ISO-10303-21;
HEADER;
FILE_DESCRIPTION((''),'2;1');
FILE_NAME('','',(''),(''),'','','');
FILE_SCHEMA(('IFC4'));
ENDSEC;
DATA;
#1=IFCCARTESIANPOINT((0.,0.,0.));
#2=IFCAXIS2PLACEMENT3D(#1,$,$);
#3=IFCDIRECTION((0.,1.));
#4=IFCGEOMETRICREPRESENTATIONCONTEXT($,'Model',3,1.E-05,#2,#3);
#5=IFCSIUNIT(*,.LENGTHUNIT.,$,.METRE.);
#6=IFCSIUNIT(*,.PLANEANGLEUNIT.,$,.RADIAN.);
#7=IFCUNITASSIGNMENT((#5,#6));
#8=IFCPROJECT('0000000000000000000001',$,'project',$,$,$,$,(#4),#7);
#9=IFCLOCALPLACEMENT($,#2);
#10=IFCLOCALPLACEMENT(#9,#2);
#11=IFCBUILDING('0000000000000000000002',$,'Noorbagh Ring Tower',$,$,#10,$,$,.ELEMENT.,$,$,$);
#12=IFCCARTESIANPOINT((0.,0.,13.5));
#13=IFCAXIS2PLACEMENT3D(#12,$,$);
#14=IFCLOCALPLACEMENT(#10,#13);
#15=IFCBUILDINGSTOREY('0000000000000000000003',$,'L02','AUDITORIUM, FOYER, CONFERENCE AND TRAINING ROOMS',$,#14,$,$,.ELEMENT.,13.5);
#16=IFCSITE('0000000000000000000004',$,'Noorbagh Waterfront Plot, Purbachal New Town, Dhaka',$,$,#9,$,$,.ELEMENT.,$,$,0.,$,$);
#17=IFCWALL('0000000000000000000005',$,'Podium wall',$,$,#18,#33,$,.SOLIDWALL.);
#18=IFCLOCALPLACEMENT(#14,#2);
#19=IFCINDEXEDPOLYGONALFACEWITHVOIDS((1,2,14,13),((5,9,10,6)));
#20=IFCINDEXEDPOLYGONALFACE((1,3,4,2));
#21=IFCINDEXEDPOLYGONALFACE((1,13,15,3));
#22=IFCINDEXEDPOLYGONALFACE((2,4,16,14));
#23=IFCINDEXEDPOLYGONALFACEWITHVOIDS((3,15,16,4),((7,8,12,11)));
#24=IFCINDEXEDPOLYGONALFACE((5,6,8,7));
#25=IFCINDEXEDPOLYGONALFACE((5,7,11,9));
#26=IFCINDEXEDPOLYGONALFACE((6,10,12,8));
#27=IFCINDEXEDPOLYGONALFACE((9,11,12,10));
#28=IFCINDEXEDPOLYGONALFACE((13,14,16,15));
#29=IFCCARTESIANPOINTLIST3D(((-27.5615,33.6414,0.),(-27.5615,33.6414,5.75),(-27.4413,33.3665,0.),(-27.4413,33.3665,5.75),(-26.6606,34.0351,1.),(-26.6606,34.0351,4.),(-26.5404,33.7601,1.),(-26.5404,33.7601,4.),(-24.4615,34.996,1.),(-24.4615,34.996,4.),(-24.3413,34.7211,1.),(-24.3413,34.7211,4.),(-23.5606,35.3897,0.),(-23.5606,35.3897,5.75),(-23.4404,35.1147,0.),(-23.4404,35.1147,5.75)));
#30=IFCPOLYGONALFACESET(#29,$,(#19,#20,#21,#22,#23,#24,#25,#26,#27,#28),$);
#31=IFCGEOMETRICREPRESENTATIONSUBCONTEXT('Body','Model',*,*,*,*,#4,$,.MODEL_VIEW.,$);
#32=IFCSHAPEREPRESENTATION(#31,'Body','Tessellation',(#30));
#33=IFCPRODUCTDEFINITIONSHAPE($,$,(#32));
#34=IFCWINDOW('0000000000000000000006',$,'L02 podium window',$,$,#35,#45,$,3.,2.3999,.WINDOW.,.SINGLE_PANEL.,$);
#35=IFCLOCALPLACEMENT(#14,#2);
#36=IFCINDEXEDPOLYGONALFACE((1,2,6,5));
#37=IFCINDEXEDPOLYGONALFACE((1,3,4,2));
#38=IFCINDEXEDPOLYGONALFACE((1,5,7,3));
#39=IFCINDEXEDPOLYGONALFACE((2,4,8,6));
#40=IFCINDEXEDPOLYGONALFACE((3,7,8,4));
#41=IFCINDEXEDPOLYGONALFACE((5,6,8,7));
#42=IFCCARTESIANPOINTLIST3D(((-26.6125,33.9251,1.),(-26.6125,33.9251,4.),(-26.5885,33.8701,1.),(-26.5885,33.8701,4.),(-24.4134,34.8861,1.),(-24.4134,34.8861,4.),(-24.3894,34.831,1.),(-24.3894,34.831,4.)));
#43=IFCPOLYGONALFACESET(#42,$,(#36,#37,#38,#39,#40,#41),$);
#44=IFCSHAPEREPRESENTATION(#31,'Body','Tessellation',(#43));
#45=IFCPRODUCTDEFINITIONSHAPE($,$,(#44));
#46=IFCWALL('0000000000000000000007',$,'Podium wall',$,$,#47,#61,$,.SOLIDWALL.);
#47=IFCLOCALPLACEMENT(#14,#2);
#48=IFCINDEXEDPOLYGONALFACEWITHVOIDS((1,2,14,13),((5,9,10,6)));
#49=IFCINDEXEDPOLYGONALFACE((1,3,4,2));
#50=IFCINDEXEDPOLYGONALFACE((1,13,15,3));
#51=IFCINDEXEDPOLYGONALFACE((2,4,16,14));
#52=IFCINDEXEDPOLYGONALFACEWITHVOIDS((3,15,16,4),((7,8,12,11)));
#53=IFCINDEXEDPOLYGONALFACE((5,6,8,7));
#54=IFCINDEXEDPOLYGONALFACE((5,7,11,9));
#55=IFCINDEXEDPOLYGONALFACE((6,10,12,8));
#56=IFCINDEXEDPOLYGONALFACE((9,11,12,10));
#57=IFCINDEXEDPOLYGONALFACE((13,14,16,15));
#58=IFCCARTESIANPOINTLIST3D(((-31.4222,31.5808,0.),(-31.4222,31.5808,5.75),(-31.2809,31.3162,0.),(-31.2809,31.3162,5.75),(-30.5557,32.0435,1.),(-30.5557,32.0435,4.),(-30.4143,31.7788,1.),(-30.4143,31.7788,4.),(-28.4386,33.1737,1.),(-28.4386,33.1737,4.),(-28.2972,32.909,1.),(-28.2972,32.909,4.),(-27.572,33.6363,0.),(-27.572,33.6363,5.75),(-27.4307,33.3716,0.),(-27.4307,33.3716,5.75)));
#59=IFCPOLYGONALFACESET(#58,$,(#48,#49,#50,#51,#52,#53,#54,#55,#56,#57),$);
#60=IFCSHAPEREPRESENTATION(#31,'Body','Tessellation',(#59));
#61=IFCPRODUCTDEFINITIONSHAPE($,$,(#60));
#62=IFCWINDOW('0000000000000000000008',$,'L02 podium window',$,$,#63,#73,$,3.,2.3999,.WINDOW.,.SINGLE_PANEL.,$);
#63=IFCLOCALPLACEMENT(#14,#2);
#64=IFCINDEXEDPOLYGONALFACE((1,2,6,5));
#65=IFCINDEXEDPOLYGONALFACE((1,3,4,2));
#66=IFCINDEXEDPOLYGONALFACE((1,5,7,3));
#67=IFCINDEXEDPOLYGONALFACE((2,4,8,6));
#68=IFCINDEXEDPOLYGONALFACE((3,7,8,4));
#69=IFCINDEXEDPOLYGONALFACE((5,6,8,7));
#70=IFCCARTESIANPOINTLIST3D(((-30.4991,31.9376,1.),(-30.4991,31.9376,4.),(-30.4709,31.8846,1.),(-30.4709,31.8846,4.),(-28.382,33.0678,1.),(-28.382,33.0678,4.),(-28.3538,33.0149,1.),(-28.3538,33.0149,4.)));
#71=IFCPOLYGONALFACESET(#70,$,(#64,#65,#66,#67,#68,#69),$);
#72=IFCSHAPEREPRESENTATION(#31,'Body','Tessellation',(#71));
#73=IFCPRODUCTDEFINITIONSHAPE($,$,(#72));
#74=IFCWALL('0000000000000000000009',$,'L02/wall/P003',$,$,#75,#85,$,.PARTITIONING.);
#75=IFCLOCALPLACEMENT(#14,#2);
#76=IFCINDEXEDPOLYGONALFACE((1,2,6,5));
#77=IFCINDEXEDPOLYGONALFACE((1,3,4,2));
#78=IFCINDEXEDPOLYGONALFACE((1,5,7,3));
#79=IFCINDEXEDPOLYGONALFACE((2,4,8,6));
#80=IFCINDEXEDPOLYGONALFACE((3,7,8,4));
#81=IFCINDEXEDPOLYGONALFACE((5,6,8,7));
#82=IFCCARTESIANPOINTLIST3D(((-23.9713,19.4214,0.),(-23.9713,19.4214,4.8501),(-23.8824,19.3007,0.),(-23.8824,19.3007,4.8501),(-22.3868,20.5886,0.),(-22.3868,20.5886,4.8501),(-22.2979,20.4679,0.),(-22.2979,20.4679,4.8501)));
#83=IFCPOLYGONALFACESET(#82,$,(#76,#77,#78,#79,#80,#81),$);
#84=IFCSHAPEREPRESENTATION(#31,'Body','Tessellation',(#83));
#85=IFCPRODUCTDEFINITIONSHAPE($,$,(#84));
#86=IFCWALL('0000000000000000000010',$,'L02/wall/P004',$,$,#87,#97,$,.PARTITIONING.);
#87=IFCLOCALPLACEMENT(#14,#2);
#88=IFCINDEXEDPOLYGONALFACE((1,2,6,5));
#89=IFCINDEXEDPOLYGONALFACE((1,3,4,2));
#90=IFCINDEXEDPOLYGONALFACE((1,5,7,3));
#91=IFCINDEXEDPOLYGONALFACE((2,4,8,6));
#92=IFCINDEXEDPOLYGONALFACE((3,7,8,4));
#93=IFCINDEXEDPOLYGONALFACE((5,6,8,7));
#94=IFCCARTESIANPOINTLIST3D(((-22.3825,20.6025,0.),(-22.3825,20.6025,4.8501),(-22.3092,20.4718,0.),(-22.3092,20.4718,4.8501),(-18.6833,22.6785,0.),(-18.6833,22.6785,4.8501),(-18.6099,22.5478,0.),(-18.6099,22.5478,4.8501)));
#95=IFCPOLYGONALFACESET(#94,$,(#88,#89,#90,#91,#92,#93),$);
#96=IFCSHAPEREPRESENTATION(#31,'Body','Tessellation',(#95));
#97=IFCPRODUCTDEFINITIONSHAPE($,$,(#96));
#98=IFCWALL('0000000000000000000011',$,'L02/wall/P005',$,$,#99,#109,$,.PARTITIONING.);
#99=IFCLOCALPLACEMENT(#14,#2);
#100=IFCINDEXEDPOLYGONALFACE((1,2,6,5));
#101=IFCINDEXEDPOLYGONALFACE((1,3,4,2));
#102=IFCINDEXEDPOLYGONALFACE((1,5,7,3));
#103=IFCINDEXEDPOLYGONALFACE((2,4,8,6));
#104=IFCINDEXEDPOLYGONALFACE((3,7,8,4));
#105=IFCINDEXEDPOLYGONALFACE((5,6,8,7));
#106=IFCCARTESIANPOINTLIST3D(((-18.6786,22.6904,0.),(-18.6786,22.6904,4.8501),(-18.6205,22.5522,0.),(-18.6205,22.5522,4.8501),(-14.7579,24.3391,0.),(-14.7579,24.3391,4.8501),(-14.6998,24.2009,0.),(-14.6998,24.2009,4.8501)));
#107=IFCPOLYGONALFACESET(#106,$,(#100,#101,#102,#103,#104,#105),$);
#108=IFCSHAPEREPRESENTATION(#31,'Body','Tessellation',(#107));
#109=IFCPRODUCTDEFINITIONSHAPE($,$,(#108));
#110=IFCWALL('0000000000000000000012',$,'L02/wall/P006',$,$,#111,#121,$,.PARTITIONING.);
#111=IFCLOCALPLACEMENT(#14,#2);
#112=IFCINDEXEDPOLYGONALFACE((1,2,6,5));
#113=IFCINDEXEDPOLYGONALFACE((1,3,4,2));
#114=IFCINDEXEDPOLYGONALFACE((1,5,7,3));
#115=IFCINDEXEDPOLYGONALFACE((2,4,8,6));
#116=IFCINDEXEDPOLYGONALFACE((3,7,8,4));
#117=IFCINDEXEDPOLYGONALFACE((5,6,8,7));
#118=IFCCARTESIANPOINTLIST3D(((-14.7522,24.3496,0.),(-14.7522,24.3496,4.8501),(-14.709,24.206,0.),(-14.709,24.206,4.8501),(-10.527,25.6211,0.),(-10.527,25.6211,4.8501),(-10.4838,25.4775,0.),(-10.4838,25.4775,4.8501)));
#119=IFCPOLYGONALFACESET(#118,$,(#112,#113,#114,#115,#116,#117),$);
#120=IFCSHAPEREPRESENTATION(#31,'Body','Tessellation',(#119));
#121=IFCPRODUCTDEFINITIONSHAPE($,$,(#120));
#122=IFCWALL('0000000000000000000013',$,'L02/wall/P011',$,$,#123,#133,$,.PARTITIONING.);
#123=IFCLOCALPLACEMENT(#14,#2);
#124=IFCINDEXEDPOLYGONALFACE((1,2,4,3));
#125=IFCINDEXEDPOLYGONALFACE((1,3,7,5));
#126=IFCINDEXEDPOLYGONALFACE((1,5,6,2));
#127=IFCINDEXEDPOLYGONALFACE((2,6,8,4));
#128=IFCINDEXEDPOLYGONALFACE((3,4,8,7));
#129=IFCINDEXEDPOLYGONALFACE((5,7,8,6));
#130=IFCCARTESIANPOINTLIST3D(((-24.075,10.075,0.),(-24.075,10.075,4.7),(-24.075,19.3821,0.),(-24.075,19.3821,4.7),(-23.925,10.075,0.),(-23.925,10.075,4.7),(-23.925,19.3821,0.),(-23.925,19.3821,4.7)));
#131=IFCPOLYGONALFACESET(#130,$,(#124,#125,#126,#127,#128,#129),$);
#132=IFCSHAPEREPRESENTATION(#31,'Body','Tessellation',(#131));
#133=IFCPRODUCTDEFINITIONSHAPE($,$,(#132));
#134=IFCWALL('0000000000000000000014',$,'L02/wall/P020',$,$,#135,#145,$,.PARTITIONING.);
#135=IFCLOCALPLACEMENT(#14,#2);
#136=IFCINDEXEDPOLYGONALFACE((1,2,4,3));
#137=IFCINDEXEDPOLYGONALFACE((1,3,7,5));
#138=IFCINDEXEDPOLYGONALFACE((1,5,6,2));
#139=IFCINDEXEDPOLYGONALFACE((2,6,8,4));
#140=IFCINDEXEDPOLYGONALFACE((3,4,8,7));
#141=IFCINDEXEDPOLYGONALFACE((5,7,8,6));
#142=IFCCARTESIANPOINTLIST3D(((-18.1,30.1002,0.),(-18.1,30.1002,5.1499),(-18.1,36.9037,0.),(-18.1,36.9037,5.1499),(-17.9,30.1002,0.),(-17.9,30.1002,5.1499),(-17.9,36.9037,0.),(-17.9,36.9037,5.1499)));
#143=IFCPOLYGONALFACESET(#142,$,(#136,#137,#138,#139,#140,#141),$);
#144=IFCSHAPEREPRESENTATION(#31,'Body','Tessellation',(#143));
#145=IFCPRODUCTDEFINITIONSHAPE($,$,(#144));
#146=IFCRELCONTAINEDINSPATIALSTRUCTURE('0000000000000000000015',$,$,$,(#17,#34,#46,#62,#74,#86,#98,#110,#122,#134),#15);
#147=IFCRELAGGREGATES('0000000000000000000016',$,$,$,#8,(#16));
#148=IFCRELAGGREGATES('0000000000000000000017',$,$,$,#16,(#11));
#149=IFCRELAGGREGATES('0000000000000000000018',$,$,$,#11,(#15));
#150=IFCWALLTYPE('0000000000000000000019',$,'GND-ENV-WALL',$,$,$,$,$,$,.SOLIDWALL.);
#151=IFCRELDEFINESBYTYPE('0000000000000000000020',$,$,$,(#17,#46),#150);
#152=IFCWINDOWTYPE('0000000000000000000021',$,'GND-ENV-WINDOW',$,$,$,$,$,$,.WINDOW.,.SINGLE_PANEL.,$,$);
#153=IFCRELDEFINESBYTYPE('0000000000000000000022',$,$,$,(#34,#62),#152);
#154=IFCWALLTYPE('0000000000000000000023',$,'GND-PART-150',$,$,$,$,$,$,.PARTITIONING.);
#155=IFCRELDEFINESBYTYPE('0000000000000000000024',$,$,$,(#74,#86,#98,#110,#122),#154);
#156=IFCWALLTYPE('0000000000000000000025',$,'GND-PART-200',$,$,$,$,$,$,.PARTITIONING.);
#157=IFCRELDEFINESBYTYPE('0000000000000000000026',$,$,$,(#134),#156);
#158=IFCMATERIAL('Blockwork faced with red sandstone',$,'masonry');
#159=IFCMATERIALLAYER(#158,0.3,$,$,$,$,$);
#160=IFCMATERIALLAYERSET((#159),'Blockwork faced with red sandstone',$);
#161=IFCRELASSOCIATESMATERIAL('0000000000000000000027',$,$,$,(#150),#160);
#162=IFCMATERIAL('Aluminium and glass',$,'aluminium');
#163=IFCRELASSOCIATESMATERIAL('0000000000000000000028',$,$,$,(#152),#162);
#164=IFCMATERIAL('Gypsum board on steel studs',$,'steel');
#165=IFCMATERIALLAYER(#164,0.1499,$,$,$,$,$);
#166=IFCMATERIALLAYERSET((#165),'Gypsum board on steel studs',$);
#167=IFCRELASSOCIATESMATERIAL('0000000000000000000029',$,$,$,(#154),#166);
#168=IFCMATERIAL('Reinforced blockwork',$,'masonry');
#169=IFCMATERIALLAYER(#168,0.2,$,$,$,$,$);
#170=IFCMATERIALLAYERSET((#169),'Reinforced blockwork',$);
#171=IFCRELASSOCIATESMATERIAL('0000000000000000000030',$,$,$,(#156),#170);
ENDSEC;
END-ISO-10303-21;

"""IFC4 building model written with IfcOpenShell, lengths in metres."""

from ifc_helpers import new_model, si_unit, direction, frame, frame_2d, origin, place, context, subcontext, project, spatial, rectangle, extrude, material, layer, layer_set, type_object, element, fill, save


model = new_model("IFC4")

# Units and contexts
model_context = context("Model", 3, precision=1e-05, world=origin(), true_north=direction((0.0, 1.0)))
body_context = subcontext(model_context, "Body", "Model", "MODEL_VIEW")
ifc_project = project(units=[si_unit("LENGTHUNIT", "METRE"), si_unit("PLANEANGLEUNIT", "RADIAN")], contexts=[model_context])

# Site, building, storey
site_placement = place(None, origin())
site = spatial("IfcSite", under=ifc_project, at=site_placement, Name="Noorbagh Waterfront Plot, Purbachal New Town, Dhaka", CompositionType="ELEMENT", RefElevation=0.0)
building_placement = place(site_placement, origin())
building = spatial("IfcBuilding", under=site, at=building_placement, Name="Noorbagh Ring Tower", CompositionType="ELEMENT")
storey_placement = place(building_placement, frame((0.0, 0.0, 13.5)))
storey = spatial("IfcBuildingStorey", under=building, at=storey_placement, Name="L02", Description="AUDITORIUM, FOYER, CONFERENCE AND TRAINING ROOMS", CompositionType="ELEMENT", Elevation=13.5)

# Walls, openings, windows
ifc_material_1 = material(Name="Blockwork faced with red sandstone", Category="masonry")
ifc_layer_1 = layer(ifc_material_1, 0.3)
ifc_layer_set_1 = layer_set([ifc_layer_1], Name="Blockwork faced with red sandstone")
wall_type_1 = type_object("IfcWallType", Name="GND-ENV-WALL", PredefinedType="SOLIDWALL", material=ifc_layer_set_1)
ifc_material_2 = material(Name="Aluminium and glass", Category="aluminium")
window_type = type_object("IfcWindowType", Name="GND-ENV-WINDOW", PartitioningType="SINGLE_PANEL", PredefinedType="WINDOW", material=ifc_material_2)
wall_1_placement = place(storey_placement, frame((-23.5005, 35.2522, 0.0), z_axis=(0.0, 0.0, 1.0), x_axis=(-0.916337, -0.400408, 0.0)))
wall_1 = element("IfcWall", 1, at=wall_1_placement, inside=storey, type_object=wall_type_1, Name="Podium wall", PredefinedType="SOLIDWALL", context=body_context, shape_type="SweptSolid", body=[
    extrude(rectangle(XDim=4.3662, YDim=0.3, at=frame_2d((2.1831, 0.0))), origin(), (0.0, 0.0, 1.0), 5.75),
])
opening_1_placement = place(wall_1_placement, frame((0.9832, 0.0, 1.0)))
opening_1 = element("IfcOpeningElement", 2, at=opening_1_placement, cuts=wall_1, PredefinedType="OPENING", context=body_context, shape_type="SweptSolid", body=[
    extrude(rectangle(XDim=2.3999, YDim=3.0, at=frame_2d((1.2, 1.5))), frame((0.0, 0.1602, 0.0), z_axis=(0.0, -1.0, 0.0), x_axis=(1.0, 0.0, 0.0)), (0.0, 0.0, 1.0), 0.3201),
])
window_1_placement = place(opening_1_placement, origin())
window_1 = element("IfcWindow", 3, at=window_1_placement, inside=storey, type_object=window_type, Name="L02 podium window", OverallHeight=3.0, OverallWidth=2.3999, PartitioningType="SINGLE_PANEL", PredefinedType="WINDOW", context=body_context, shape_type="SweptSolid", body=[
    extrude(rectangle(XDim=2.3999, YDim=3.0, at=frame_2d((1.2, 1.5))), frame((0.0, 0.03, 0.0), z_axis=(0.0, -1.0, 0.0), x_axis=(1.0, 0.0, 0.0)), (0.0, 0.0, 1.0), 0.0601),
])
fill(opening_1, window_1)
wall_2_placement = place(storey_placement, frame((-27.5015, 33.5039, 0.0), z_axis=(0.0, 0.0, 1.0), x_axis=(-0.882159, -0.470951, 0.0)))
wall_2 = element("IfcWall", 4, at=wall_2_placement, inside=storey, type_object=wall_type_1, Name="Podium wall", PredefinedType="SOLIDWALL", context=body_context, shape_type="SweptSolid", body=[
    extrude(rectangle(XDim=4.3645, YDim=0.3, at=frame_2d((2.1821, 0.0))), origin(), (0.0, 0.0, 1.0), 5.75),
])
opening_2_placement = place(wall_2_placement, frame((0.9822, 0.0, 1.0)))
opening_2 = element("IfcOpeningElement", 5, at=opening_2_placement, cuts=wall_2, PredefinedType="OPENING", context=body_context, shape_type="SweptSolid", body=[
    extrude(rectangle(XDim=2.3999, YDim=3.0, at=frame_2d((1.2, 1.5))), frame((0.0, 0.1602, 0.0), z_axis=(0.0, -1.0, 0.0), x_axis=(1.0, 0.0, 0.0)), (0.0, 0.0, 1.0), 0.3201),
])
window_2_placement = place(opening_2_placement, origin())
window_2 = element("IfcWindow", 6, at=window_2_placement, inside=storey, type_object=window_type, Name="L02 podium window", OverallHeight=3.0, OverallWidth=2.3999, PartitioningType="SINGLE_PANEL", PredefinedType="WINDOW", context=body_context, shape_type="SweptSolid", body=[
    extrude(rectangle(XDim=2.3999, YDim=3.0, at=frame_2d((1.2, 1.5))), frame((0.0, 0.03, 0.0), z_axis=(0.0, -1.0, 0.0), x_axis=(1.0, 0.0, 0.0)), (0.0, 0.0, 1.0), 0.0601),
])
fill(opening_2, window_2)

# Walls
ifc_material_3 = material(Name="Gypsum board on steel studs", Category="steel")
ifc_layer_2 = layer(ifc_material_3, 0.1499)
ifc_layer_set_2 = layer_set([ifc_layer_2], Name="Gypsum board on steel studs")
wall_type_2 = type_object("IfcWallType", Name="GND-PART-150", PredefinedType="PARTITIONING", material=ifc_layer_set_2)
wall_3_placement = place(storey_placement, frame((-23.9268, 19.3611, 0.0), z_axis=(0.0, 0.0, 1.0), x_axis=(0.805121, 0.59311, 0.0)))
element("IfcWall", 7, at=wall_3_placement, inside=storey, type_object=wall_type_2, Name="L02/wall/P003", PredefinedType="PARTITIONING", context=body_context, shape_type="SweptSolid", body=[
    extrude(rectangle(XDim=1.968, YDim=0.1499, at=frame_2d((0.9839, 0.0))), origin(), (0.0, 0.0, 1.0), 4.8501),
])
wall_4_placement = place(storey_placement, frame((-22.3459, 20.5371, 0.0), z_axis=(0.0, 0.0, 1.0), x_axis=(0.872067, 0.489387, 0.0)))
element("IfcWall", 8, at=wall_4_placement, inside=storey, type_object=wall_type_2, Name="L02/wall/P004", PredefinedType="PARTITIONING", context=body_context, shape_type="SweptSolid", body=[
    extrude(rectangle(XDim=4.2419, YDim=0.1499, at=frame_2d((2.1211, 0.0))), origin(), (0.0, 0.0, 1.0), 4.8501),
])
wall_5_placement = place(storey_placement, frame((-18.6494, 22.6213, 0.0), z_axis=(0.0, 0.0, 1.0), x_axis=(0.921814, 0.387634, 0.0)))
element("IfcWall", 9, at=wall_5_placement, inside=storey, type_object=wall_type_2, Name="L02/wall/P005", PredefinedType="PARTITIONING", context=body_context, shape_type="SweptSolid", body=[
    extrude(rectangle(XDim=4.2532, YDim=0.1499, at=frame_2d((2.1265, 0.0))), origin(), (0.0, 0.0, 1.0), 4.8501),
])
wall_6_placement = place(storey_placement, frame((-14.7305, 24.2778, 0.0), z_axis=(0.0, 0.0, 1.0), x_axis=(0.957579, 0.28817, 0.0)))
element("IfcWall", 10, at=wall_6_placement, inside=storey, type_object=wall_type_2, Name="L02/wall/P006", PredefinedType="PARTITIONING", context=body_context, shape_type="SweptSolid", body=[
    extrude(rectangle(XDim=4.4124, YDim=0.1499, at=frame_2d((2.2061, 0.0))), origin(), (0.0, 0.0, 1.0), 4.8501),
])
wall_7_placement = place(storey_placement, frame((-24.0, 10.075, 0.0), z_axis=(0.0, 0.0, 1.0), x_axis=(0.0, 1.0, 0.0)))
element("IfcWall", 11, at=wall_7_placement, inside=storey, type_object=wall_type_2, Name="L02/wall/P011", PredefinedType="PARTITIONING", context=body_context, shape_type="SweptSolid", body=[
    extrude(rectangle(XDim=9.3071, YDim=0.1499, at=frame_2d((4.6536, 0.0))), origin(), (0.0, 0.0, 1.0), 4.7),
])
ifc_material_4 = material(Name="Reinforced blockwork", Category="masonry")
ifc_layer_3 = layer(ifc_material_4, 0.2)
ifc_layer_set_3 = layer_set([ifc_layer_3], Name="Reinforced blockwork")
wall_type_3 = type_object("IfcWallType", Name="GND-PART-200", PredefinedType="PARTITIONING", material=ifc_layer_set_3)
wall_8_placement = place(storey_placement, frame((-18.0, 30.1001, 0.0), z_axis=(0.0, 0.0, 1.0), x_axis=(0.0, 1.0, 0.0)))
element("IfcWall", 12, at=wall_8_placement, inside=storey, type_object=wall_type_3, Name="L02/wall/P020", PredefinedType="PARTITIONING", context=body_context, shape_type="SweptSolid", body=[
    extrude(rectangle(XDim=6.8035, YDim=0.2, at=frame_2d((3.4019, 0.0))), origin(), (0.0, 0.0, 1.0), 5.1499),
])

save(model, "model.ifc")
